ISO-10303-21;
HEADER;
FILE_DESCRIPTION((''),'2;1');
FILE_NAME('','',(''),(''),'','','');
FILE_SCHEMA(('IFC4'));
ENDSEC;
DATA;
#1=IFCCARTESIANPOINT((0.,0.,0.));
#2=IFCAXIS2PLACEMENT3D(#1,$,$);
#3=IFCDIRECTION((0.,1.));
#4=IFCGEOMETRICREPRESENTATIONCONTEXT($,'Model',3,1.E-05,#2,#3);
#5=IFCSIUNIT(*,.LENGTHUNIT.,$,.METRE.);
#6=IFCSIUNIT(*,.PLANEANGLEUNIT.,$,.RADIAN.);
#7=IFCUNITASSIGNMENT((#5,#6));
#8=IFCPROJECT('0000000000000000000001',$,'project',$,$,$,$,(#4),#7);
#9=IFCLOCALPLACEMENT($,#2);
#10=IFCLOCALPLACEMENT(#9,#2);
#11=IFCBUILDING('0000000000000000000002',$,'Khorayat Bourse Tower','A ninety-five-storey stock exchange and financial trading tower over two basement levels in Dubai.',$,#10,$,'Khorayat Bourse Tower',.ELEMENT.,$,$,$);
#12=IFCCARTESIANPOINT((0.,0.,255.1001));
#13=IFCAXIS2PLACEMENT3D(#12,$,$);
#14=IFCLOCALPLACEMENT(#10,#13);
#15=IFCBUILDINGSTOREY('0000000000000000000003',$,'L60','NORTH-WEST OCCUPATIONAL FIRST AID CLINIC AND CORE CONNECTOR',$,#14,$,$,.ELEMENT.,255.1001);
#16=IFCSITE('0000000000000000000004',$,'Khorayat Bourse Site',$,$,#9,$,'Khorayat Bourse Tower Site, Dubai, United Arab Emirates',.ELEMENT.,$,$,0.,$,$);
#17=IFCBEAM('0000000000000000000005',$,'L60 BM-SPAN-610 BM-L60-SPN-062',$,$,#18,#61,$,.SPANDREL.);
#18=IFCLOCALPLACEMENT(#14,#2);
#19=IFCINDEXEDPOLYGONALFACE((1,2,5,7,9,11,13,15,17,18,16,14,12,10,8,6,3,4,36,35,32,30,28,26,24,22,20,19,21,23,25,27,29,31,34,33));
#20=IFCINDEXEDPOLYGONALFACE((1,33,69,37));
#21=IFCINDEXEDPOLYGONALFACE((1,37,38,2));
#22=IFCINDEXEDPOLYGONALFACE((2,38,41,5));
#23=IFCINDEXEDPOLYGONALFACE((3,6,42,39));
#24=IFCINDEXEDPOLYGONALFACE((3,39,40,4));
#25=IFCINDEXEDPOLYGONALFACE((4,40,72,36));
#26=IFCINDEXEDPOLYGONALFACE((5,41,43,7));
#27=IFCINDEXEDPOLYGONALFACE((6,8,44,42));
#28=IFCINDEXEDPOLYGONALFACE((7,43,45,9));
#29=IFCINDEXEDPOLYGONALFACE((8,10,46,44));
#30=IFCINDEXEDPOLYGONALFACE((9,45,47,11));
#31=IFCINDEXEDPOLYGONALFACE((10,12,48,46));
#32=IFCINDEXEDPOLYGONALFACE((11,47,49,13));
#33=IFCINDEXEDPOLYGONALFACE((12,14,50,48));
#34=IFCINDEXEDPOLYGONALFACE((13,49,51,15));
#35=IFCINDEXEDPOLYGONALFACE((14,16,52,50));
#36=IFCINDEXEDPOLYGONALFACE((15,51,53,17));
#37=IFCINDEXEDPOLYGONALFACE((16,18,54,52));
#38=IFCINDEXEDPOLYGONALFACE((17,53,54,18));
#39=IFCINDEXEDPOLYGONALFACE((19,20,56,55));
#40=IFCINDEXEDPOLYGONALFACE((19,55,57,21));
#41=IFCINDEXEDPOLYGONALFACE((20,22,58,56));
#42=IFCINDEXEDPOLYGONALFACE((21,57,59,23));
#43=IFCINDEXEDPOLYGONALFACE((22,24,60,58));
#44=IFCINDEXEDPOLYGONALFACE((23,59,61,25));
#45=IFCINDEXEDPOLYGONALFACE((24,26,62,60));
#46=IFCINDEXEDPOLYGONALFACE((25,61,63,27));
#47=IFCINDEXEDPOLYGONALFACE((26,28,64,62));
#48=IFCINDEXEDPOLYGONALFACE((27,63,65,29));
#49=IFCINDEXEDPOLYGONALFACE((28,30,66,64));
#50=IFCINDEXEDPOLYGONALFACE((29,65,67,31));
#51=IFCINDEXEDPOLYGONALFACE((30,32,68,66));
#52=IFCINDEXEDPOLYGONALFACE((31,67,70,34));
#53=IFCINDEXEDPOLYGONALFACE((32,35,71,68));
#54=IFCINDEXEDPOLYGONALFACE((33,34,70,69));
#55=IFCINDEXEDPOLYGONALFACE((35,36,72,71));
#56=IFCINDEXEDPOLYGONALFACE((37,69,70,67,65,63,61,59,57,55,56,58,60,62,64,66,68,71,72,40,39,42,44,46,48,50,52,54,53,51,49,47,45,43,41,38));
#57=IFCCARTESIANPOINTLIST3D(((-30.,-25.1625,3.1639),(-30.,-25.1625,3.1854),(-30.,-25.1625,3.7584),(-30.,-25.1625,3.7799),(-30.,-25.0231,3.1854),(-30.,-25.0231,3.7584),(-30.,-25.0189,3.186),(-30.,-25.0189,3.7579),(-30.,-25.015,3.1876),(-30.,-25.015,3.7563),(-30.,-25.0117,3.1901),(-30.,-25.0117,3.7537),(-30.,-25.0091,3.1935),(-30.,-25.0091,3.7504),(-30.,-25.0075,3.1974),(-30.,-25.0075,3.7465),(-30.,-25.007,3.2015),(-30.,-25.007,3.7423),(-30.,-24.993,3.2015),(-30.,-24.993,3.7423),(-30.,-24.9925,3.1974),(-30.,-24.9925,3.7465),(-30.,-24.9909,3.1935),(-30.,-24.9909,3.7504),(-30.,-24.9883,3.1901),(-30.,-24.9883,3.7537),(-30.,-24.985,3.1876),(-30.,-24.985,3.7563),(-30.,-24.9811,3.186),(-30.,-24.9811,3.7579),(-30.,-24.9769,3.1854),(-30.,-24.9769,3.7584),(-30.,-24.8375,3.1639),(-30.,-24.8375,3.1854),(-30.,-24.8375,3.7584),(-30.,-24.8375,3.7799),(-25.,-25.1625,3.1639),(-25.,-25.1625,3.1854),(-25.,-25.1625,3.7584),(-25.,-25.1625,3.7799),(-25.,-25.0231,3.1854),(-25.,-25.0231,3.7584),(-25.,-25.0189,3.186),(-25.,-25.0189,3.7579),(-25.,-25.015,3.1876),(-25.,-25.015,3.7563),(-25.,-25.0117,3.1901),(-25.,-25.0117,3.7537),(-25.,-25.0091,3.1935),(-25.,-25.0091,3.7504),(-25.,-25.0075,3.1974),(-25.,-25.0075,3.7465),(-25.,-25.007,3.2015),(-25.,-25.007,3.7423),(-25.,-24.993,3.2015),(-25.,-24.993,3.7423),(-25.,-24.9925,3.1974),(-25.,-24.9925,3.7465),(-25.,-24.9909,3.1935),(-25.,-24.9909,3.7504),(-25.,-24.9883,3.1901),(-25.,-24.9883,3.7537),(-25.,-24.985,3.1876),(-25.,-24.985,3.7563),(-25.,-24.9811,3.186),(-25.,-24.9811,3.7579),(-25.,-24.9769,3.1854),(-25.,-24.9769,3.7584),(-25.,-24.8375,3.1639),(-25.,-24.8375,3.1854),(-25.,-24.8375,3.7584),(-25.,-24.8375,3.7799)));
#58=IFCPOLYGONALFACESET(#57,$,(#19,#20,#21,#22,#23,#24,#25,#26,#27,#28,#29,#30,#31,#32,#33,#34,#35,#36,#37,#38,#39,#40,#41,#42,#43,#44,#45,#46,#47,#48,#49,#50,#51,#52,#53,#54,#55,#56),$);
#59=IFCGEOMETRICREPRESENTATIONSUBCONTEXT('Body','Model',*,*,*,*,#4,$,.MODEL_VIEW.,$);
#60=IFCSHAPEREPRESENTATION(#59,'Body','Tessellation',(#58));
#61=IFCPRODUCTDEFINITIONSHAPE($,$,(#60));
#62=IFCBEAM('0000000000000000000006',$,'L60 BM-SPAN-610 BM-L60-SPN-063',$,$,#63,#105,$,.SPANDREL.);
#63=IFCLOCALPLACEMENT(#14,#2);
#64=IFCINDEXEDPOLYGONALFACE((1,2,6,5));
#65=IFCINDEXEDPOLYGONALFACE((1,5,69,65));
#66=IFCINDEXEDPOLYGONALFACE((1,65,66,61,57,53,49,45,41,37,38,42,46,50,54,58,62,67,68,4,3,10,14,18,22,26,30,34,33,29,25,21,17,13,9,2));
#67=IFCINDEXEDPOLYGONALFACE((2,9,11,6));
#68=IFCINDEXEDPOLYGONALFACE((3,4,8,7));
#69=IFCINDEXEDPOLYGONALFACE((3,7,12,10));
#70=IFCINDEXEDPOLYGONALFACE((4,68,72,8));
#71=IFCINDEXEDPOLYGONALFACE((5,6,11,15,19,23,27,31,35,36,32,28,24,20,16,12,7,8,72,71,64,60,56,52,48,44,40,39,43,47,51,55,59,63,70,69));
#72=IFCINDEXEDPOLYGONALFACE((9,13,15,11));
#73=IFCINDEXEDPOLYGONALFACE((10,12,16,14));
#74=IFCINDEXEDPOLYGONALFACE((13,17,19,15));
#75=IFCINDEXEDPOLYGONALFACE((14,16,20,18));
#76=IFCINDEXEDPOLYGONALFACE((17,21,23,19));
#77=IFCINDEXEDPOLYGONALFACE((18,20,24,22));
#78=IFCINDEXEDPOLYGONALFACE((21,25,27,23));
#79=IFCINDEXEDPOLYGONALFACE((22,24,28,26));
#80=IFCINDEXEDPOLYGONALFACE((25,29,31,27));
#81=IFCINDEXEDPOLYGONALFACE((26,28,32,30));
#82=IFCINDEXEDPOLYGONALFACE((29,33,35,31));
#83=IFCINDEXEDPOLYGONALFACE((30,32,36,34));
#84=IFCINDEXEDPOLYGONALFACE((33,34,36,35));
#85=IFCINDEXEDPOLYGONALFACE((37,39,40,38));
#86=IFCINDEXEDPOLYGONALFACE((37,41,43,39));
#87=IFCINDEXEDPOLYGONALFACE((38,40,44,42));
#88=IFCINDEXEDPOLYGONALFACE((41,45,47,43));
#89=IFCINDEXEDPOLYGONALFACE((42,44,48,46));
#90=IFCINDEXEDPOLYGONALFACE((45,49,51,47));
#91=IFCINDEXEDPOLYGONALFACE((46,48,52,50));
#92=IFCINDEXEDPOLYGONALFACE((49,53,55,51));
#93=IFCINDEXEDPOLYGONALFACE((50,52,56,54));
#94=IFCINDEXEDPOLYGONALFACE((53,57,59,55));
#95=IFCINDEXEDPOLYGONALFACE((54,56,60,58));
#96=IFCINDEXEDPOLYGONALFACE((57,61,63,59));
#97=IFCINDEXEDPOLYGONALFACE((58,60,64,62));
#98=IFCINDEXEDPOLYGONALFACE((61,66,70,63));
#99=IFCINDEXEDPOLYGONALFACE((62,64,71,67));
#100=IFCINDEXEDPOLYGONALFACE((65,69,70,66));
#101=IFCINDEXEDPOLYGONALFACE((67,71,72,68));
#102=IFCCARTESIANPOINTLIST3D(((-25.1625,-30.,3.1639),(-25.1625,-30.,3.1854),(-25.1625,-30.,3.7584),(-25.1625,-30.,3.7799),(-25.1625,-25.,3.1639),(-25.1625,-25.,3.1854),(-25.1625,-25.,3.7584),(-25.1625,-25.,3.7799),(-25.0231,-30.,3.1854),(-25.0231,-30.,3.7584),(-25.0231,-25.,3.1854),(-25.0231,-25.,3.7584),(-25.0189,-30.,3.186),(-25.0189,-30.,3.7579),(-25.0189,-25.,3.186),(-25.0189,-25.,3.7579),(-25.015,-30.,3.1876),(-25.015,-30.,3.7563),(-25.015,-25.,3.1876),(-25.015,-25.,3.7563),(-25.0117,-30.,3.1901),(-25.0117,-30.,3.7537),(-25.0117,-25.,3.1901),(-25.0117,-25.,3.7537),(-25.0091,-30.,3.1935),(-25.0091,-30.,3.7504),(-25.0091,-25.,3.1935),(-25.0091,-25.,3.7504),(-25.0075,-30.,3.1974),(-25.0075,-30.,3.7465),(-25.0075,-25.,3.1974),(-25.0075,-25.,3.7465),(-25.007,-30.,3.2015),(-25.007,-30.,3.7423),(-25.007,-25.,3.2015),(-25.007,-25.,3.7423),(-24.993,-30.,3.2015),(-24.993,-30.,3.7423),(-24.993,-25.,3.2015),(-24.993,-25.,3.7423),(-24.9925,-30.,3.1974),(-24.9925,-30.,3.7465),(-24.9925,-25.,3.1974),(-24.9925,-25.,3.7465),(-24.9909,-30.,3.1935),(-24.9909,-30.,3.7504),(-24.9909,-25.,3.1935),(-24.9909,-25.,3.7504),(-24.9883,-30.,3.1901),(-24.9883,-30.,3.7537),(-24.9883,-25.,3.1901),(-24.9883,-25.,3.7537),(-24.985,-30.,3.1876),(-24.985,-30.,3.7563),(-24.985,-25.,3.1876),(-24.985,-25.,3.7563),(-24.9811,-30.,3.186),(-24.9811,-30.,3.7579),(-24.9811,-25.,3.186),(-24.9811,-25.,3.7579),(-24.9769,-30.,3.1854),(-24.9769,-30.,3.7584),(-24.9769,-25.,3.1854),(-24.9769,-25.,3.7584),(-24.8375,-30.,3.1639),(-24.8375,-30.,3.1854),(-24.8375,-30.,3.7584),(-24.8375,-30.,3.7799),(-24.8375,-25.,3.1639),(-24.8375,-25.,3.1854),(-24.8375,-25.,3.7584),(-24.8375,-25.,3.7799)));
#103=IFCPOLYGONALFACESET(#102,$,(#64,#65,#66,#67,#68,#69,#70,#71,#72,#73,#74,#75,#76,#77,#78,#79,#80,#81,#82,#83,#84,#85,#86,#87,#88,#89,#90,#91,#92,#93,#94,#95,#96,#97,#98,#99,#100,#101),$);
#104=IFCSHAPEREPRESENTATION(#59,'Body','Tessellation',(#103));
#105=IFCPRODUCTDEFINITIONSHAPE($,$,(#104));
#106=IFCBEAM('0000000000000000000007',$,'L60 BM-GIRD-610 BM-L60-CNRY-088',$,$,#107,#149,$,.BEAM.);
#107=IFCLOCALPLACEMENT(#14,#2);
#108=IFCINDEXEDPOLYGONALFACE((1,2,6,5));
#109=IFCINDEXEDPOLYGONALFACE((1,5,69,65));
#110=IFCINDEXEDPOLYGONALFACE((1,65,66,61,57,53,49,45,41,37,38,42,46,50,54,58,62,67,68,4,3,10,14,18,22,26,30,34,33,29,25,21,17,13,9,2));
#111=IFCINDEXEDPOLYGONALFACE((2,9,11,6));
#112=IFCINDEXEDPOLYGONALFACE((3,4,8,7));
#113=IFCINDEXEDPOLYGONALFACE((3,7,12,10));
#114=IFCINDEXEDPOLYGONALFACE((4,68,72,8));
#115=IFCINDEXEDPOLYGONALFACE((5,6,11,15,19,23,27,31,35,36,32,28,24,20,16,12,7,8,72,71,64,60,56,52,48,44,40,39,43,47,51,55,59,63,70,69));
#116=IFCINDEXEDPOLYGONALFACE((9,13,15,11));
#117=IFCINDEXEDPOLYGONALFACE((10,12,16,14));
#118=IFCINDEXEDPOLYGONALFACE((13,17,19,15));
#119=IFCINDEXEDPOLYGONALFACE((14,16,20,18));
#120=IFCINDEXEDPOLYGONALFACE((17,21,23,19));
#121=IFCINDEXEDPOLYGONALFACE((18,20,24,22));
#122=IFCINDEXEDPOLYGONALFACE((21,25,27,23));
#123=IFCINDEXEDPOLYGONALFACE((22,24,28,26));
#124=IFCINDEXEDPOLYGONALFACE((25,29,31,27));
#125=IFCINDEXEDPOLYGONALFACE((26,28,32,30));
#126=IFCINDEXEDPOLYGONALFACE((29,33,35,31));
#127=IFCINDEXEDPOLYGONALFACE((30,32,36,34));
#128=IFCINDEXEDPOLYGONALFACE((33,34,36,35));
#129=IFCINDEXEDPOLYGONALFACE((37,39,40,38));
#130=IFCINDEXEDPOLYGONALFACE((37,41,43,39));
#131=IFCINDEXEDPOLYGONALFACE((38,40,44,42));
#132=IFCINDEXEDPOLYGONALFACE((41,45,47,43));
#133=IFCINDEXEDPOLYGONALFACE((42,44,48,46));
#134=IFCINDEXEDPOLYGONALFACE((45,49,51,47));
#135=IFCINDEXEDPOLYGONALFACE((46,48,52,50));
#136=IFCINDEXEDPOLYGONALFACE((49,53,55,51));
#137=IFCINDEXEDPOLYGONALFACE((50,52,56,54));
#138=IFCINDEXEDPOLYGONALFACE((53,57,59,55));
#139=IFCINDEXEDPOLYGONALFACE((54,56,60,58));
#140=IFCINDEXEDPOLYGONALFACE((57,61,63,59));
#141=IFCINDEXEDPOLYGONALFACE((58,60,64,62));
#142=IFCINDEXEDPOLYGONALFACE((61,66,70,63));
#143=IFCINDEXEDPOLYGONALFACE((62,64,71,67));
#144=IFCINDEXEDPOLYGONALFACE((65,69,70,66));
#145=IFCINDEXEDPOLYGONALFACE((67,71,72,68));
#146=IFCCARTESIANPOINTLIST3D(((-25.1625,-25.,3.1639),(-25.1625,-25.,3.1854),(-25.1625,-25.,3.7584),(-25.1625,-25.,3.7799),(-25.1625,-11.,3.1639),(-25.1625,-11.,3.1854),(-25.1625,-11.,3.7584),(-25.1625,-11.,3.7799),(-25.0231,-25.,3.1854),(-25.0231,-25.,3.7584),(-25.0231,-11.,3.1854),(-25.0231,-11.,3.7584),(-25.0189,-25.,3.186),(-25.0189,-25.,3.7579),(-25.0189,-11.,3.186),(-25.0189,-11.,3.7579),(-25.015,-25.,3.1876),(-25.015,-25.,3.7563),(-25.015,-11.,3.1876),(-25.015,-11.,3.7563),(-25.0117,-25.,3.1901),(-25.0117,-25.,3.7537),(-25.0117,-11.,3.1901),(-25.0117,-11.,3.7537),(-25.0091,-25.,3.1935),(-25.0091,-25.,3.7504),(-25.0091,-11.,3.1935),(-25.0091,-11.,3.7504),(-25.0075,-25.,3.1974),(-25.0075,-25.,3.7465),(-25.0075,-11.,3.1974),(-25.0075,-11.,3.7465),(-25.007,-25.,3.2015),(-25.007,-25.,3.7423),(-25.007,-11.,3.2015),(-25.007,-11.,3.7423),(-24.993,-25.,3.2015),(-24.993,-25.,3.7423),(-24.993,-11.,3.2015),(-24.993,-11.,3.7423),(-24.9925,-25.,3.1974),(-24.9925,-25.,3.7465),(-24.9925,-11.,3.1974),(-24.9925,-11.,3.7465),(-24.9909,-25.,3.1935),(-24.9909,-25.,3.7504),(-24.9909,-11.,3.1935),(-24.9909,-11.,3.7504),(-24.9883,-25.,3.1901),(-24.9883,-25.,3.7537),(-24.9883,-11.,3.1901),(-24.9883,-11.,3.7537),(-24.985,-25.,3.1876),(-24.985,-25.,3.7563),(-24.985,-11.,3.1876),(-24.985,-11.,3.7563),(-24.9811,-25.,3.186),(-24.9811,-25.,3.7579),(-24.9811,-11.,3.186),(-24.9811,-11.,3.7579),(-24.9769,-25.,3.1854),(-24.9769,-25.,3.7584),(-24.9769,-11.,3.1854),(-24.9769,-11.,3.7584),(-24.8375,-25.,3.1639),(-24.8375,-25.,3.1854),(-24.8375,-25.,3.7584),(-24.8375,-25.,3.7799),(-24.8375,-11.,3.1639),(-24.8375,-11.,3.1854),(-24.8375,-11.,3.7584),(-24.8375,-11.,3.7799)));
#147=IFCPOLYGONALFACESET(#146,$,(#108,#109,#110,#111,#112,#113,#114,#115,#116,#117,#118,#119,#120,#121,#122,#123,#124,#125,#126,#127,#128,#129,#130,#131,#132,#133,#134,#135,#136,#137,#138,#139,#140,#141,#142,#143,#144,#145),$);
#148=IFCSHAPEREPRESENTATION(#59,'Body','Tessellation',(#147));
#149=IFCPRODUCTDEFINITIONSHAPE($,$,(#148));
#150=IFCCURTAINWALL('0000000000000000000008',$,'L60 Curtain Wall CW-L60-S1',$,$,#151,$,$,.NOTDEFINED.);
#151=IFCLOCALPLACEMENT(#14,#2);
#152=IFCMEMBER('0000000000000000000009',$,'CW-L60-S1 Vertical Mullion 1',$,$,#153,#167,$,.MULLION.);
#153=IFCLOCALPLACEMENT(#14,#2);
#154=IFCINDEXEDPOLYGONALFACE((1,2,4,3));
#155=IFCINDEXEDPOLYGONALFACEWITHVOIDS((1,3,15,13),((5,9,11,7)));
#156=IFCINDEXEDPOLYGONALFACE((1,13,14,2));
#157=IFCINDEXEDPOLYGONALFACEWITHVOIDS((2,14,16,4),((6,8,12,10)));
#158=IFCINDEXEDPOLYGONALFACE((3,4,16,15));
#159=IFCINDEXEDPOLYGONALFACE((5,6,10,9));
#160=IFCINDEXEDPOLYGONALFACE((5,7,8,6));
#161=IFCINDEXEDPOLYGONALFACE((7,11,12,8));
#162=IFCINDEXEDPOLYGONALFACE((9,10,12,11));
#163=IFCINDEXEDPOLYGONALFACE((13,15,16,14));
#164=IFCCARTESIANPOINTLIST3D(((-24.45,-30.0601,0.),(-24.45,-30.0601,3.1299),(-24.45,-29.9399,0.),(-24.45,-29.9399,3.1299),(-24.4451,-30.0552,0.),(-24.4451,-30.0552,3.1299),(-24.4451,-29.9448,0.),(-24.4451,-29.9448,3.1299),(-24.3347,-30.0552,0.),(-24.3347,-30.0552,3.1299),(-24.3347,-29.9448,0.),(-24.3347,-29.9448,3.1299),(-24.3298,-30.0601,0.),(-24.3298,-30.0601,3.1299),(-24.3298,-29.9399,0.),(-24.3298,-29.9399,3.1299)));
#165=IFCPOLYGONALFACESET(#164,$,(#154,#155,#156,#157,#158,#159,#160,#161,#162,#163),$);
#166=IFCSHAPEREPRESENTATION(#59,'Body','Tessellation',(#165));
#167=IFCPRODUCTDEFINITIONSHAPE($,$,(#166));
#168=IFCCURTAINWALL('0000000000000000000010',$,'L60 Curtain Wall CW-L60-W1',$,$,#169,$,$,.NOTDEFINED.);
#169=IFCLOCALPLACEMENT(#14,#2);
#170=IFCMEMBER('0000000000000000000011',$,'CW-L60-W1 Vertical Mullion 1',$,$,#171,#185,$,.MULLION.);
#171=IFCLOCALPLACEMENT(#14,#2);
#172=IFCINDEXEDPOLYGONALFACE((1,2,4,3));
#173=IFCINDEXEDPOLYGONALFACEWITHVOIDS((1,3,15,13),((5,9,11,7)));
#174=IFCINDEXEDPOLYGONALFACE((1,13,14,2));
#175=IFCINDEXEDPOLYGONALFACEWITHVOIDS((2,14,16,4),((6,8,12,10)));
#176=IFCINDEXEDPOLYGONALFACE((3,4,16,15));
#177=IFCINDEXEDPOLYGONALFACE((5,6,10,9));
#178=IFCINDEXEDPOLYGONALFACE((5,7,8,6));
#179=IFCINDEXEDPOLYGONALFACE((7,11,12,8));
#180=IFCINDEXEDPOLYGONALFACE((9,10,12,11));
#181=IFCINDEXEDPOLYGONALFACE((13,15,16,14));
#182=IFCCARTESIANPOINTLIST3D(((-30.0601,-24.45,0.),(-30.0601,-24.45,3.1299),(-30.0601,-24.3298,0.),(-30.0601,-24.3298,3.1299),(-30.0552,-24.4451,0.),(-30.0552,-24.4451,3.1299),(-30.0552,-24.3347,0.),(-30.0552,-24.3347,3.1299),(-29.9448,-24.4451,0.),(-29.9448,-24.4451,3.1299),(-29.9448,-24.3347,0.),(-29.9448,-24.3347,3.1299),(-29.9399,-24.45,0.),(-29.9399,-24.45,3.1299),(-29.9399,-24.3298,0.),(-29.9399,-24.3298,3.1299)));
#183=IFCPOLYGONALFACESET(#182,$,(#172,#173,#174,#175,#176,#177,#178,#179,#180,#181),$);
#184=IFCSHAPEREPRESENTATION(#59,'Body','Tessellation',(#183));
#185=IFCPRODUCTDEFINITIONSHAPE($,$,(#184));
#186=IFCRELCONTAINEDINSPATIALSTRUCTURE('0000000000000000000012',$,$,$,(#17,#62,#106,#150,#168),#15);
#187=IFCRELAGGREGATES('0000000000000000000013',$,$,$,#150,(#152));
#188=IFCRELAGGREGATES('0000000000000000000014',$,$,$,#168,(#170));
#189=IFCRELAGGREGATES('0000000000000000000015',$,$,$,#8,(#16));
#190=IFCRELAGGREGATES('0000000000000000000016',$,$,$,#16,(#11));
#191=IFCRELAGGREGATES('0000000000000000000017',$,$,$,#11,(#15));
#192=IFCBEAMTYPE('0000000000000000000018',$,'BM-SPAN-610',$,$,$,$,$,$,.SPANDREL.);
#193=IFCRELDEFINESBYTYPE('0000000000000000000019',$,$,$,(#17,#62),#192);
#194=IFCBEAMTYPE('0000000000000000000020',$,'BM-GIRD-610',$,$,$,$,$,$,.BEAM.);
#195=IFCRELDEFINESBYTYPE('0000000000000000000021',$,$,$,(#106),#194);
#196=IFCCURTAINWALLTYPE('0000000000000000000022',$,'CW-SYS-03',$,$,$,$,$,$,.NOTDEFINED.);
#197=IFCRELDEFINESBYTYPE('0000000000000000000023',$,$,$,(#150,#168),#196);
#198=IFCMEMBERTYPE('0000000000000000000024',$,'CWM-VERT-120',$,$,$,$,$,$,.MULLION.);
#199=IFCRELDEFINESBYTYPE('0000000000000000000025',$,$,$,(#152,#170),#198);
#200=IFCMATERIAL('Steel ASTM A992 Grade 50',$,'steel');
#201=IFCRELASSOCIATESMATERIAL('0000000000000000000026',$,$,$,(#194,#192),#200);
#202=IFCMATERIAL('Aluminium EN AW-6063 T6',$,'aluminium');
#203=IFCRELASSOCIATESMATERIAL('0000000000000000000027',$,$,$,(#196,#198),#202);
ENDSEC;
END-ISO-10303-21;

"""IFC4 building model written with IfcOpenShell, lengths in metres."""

from ifc_helpers import new_model, si_unit, direction, frame, origin, origin_2d, place, context, subcontext, project, spatial, hollow_rectangle, i_section, extrude, source, transform, mapped, material, material_profile, profile_set, type_object, element, aggregate, save


model = new_model("IFC4")

# Units and contexts
model_context = context("Model", 3, precision=1e-05, world=origin(), true_north=direction((0.0, 1.0)))
body_context = subcontext(model_context, "Body", "Model", "MODEL_VIEW")
ifc_project = project(units=[si_unit("LENGTHUNIT", "METRE"), si_unit("PLANEANGLEUNIT", "RADIAN")], contexts=[model_context])

# Site, building, storey
site_placement = place(None, origin())
site = spatial("IfcSite", under=ifc_project, at=site_placement, Name="Khorayat Bourse Site", LongName="Khorayat Bourse Tower Site, Dubai, United Arab Emirates", CompositionType="ELEMENT", RefElevation=0.0)
building_placement = place(site_placement, origin())
building = spatial("IfcBuilding", under=site, at=building_placement, Name="Khorayat Bourse Tower", Description="A ninety-five-storey stock exchange and financial trading tower over two basement levels in Dubai.", LongName="Khorayat Bourse Tower", CompositionType="ELEMENT")
storey_placement = place(building_placement, frame((0.0, 0.0, 255.1001)))
storey = spatial("IfcBuildingStorey", under=building, at=storey_placement, Name="L60", Description="NORTH-WEST OCCUPATIONAL FIRST AID CLINIC AND CORE CONNECTOR", CompositionType="ELEMENT", Elevation=255.1001)

# Beams
ifc_material_1 = material(Name="Steel ASTM A992 Grade 50", Category="steel")
ifc_material_profile_1 = material_profile(ifc_material_1, i_section(OverallWidth=0.325, OverallDepth=0.616, WebThickness=0.0139, FlangeThickness=0.0215, FilletRadius=0.0161, at=origin_2d()), Name="W610X174")
ifc_profile_set_1 = profile_set([ifc_material_profile_1], Name="Steel ASTM A992 Grade 50")
beam_type_1 = type_object("IfcBeamType", Name="BM-GIRD-610", PredefinedType="BEAM", material=ifc_profile_set_1)
ifc_material_profile_2 = material_profile(ifc_material_1, i_section(OverallWidth=0.325, OverallDepth=0.616, WebThickness=0.0139, FlangeThickness=0.0215, FilletRadius=0.0161, at=origin_2d()), Name="W610X174")
ifc_profile_set_2 = profile_set([ifc_material_profile_2], Name="Steel ASTM A992 Grade 50")
beam_type_2 = type_object("IfcBeamType", Name="BM-SPAN-610", PredefinedType="SPANDREL", material=ifc_profile_set_2)
shared_shape_1 = source(origin(), body_context, "Body", "SweptSolid", [
    extrude(i_section(OverallWidth=0.325, OverallDepth=0.616, WebThickness=0.0139, FlangeThickness=0.0215, FilletRadius=0.0161, at=origin_2d()), origin(), (0.0, 0.0, 1.0), 5.0),
])
for number, where, z_axis, x_axis, name in (
    (1, (-30.0, -25.0, 3.4719), (1.0, 0.0, 0.0), (0.0, 1.0, 0.0), "L60 BM-SPAN-610 BM-L60-SPN-062"),
    (2, (-25.0, -30.0, 3.4719), (0.0, 1.0, 0.0), (-1.0, 0.0, 0.0), "L60 BM-SPAN-610 BM-L60-SPN-063"),
):
    element("IfcBeam", number, at=place(storey_placement, frame(where, z_axis=z_axis, x_axis=x_axis)), inside=storey, type_object=beam_type_2, Name=name, PredefinedType="SPANDREL", context=body_context, shape_type="MappedRepresentation", body=[
        mapped(shared_shape_1, transform((0.0, 0.0, 0.0), scale=1.0)),
    ])
shared_shape_2 = source(origin(), body_context, "Body", "SweptSolid", [
    extrude(i_section(OverallWidth=0.325, OverallDepth=0.616, WebThickness=0.0139, FlangeThickness=0.0215, FilletRadius=0.0161, at=origin_2d()), origin(), (0.0, 0.0, 1.0), 14.0),
])
beam_1_placement = place(storey_placement, frame((-25.0, -25.0, 3.4719), z_axis=(0.0, 1.0, 0.0), x_axis=(-1.0, 0.0, 0.0)))
element("IfcBeam", 3, at=beam_1_placement, inside=storey, type_object=beam_type_1, Name="L60 BM-GIRD-610 BM-L60-CNRY-088", PredefinedType="BEAM", context=body_context, shape_type="MappedRepresentation", body=[
    mapped(shared_shape_2, transform((0.0, 0.0, 0.0), scale=1.0)),
])

# Curtain walls, members
ifc_material_2 = material(Name="Aluminium EN AW-6063 T6", Category="aluminium")
curtain_wall_type = type_object("IfcCurtainWallType", Name="CW-SYS-03", PredefinedType="NOTDEFINED", material=ifc_material_2)
curtain_wall_1_placement = place(storey_placement, origin())
curtain_wall_1 = element("IfcCurtainWall", 4, at=curtain_wall_1_placement, inside=storey, type_object=curtain_wall_type, Name="L60 Curtain Wall CW-L60-S1", PredefinedType="NOTDEFINED")
ifc_material_profile_3 = material_profile(ifc_material_2, hollow_rectangle(XDim=0.1201, YDim=0.1201, WallThickness=0.0049, at=origin_2d()), Name="ALU 120x120x5")
ifc_profile_set_3 = profile_set([ifc_material_profile_3], Name="Aluminium EN AW-6063 T6")
member_type_1 = type_object("IfcMemberType", Name="CWM-VERT-120", PredefinedType="MULLION", material=ifc_profile_set_3)
shared_shape_3 = source(origin(), body_context, "Body", "SweptSolid", [
    extrude(hollow_rectangle(XDim=0.1201, YDim=0.1201, WallThickness=0.0049, at=origin_2d()), origin(), (0.0, 0.0, 1.0), 3.1299),
])
member_1_placement = place(storey_placement, frame((-24.3899, -30.0, 0.0), z_axis=(0.0, 0.0, 1.0), x_axis=(0.0, 1.0, 0.0)))
member_1 = element("IfcMember", 5, at=member_1_placement, type_object=member_type_1, Name="CW-L60-S1 Vertical Mullion 1", PredefinedType="MULLION", context=body_context, shape_type="MappedRepresentation", body=[
    mapped(shared_shape_3, transform((0.0, 0.0, 0.0), scale=1.0)),
])
curtain_wall_2_placement = place(storey_placement, origin())
curtain_wall_2 = element("IfcCurtainWall", 6, at=curtain_wall_2_placement, inside=storey, type_object=curtain_wall_type, Name="L60 Curtain Wall CW-L60-W1", PredefinedType="NOTDEFINED")
member_2_placement = place(storey_placement, frame((-30.0, -24.3899, 0.0), z_axis=(0.0, 0.0, 1.0), x_axis=(-1.0, 0.0, 0.0)))
member_2 = element("IfcMember", 7, at=member_2_placement, type_object=member_type_1, Name="CW-L60-W1 Vertical Mullion 1", PredefinedType="MULLION", context=body_context, shape_type="MappedRepresentation", body=[
    mapped(shared_shape_3, transform((0.0, 0.0, 0.0), scale=1.0)),
])

aggregate(curtain_wall_1, [member_1])
aggregate(curtain_wall_2, [member_2])

save(model, "model.ifc")
